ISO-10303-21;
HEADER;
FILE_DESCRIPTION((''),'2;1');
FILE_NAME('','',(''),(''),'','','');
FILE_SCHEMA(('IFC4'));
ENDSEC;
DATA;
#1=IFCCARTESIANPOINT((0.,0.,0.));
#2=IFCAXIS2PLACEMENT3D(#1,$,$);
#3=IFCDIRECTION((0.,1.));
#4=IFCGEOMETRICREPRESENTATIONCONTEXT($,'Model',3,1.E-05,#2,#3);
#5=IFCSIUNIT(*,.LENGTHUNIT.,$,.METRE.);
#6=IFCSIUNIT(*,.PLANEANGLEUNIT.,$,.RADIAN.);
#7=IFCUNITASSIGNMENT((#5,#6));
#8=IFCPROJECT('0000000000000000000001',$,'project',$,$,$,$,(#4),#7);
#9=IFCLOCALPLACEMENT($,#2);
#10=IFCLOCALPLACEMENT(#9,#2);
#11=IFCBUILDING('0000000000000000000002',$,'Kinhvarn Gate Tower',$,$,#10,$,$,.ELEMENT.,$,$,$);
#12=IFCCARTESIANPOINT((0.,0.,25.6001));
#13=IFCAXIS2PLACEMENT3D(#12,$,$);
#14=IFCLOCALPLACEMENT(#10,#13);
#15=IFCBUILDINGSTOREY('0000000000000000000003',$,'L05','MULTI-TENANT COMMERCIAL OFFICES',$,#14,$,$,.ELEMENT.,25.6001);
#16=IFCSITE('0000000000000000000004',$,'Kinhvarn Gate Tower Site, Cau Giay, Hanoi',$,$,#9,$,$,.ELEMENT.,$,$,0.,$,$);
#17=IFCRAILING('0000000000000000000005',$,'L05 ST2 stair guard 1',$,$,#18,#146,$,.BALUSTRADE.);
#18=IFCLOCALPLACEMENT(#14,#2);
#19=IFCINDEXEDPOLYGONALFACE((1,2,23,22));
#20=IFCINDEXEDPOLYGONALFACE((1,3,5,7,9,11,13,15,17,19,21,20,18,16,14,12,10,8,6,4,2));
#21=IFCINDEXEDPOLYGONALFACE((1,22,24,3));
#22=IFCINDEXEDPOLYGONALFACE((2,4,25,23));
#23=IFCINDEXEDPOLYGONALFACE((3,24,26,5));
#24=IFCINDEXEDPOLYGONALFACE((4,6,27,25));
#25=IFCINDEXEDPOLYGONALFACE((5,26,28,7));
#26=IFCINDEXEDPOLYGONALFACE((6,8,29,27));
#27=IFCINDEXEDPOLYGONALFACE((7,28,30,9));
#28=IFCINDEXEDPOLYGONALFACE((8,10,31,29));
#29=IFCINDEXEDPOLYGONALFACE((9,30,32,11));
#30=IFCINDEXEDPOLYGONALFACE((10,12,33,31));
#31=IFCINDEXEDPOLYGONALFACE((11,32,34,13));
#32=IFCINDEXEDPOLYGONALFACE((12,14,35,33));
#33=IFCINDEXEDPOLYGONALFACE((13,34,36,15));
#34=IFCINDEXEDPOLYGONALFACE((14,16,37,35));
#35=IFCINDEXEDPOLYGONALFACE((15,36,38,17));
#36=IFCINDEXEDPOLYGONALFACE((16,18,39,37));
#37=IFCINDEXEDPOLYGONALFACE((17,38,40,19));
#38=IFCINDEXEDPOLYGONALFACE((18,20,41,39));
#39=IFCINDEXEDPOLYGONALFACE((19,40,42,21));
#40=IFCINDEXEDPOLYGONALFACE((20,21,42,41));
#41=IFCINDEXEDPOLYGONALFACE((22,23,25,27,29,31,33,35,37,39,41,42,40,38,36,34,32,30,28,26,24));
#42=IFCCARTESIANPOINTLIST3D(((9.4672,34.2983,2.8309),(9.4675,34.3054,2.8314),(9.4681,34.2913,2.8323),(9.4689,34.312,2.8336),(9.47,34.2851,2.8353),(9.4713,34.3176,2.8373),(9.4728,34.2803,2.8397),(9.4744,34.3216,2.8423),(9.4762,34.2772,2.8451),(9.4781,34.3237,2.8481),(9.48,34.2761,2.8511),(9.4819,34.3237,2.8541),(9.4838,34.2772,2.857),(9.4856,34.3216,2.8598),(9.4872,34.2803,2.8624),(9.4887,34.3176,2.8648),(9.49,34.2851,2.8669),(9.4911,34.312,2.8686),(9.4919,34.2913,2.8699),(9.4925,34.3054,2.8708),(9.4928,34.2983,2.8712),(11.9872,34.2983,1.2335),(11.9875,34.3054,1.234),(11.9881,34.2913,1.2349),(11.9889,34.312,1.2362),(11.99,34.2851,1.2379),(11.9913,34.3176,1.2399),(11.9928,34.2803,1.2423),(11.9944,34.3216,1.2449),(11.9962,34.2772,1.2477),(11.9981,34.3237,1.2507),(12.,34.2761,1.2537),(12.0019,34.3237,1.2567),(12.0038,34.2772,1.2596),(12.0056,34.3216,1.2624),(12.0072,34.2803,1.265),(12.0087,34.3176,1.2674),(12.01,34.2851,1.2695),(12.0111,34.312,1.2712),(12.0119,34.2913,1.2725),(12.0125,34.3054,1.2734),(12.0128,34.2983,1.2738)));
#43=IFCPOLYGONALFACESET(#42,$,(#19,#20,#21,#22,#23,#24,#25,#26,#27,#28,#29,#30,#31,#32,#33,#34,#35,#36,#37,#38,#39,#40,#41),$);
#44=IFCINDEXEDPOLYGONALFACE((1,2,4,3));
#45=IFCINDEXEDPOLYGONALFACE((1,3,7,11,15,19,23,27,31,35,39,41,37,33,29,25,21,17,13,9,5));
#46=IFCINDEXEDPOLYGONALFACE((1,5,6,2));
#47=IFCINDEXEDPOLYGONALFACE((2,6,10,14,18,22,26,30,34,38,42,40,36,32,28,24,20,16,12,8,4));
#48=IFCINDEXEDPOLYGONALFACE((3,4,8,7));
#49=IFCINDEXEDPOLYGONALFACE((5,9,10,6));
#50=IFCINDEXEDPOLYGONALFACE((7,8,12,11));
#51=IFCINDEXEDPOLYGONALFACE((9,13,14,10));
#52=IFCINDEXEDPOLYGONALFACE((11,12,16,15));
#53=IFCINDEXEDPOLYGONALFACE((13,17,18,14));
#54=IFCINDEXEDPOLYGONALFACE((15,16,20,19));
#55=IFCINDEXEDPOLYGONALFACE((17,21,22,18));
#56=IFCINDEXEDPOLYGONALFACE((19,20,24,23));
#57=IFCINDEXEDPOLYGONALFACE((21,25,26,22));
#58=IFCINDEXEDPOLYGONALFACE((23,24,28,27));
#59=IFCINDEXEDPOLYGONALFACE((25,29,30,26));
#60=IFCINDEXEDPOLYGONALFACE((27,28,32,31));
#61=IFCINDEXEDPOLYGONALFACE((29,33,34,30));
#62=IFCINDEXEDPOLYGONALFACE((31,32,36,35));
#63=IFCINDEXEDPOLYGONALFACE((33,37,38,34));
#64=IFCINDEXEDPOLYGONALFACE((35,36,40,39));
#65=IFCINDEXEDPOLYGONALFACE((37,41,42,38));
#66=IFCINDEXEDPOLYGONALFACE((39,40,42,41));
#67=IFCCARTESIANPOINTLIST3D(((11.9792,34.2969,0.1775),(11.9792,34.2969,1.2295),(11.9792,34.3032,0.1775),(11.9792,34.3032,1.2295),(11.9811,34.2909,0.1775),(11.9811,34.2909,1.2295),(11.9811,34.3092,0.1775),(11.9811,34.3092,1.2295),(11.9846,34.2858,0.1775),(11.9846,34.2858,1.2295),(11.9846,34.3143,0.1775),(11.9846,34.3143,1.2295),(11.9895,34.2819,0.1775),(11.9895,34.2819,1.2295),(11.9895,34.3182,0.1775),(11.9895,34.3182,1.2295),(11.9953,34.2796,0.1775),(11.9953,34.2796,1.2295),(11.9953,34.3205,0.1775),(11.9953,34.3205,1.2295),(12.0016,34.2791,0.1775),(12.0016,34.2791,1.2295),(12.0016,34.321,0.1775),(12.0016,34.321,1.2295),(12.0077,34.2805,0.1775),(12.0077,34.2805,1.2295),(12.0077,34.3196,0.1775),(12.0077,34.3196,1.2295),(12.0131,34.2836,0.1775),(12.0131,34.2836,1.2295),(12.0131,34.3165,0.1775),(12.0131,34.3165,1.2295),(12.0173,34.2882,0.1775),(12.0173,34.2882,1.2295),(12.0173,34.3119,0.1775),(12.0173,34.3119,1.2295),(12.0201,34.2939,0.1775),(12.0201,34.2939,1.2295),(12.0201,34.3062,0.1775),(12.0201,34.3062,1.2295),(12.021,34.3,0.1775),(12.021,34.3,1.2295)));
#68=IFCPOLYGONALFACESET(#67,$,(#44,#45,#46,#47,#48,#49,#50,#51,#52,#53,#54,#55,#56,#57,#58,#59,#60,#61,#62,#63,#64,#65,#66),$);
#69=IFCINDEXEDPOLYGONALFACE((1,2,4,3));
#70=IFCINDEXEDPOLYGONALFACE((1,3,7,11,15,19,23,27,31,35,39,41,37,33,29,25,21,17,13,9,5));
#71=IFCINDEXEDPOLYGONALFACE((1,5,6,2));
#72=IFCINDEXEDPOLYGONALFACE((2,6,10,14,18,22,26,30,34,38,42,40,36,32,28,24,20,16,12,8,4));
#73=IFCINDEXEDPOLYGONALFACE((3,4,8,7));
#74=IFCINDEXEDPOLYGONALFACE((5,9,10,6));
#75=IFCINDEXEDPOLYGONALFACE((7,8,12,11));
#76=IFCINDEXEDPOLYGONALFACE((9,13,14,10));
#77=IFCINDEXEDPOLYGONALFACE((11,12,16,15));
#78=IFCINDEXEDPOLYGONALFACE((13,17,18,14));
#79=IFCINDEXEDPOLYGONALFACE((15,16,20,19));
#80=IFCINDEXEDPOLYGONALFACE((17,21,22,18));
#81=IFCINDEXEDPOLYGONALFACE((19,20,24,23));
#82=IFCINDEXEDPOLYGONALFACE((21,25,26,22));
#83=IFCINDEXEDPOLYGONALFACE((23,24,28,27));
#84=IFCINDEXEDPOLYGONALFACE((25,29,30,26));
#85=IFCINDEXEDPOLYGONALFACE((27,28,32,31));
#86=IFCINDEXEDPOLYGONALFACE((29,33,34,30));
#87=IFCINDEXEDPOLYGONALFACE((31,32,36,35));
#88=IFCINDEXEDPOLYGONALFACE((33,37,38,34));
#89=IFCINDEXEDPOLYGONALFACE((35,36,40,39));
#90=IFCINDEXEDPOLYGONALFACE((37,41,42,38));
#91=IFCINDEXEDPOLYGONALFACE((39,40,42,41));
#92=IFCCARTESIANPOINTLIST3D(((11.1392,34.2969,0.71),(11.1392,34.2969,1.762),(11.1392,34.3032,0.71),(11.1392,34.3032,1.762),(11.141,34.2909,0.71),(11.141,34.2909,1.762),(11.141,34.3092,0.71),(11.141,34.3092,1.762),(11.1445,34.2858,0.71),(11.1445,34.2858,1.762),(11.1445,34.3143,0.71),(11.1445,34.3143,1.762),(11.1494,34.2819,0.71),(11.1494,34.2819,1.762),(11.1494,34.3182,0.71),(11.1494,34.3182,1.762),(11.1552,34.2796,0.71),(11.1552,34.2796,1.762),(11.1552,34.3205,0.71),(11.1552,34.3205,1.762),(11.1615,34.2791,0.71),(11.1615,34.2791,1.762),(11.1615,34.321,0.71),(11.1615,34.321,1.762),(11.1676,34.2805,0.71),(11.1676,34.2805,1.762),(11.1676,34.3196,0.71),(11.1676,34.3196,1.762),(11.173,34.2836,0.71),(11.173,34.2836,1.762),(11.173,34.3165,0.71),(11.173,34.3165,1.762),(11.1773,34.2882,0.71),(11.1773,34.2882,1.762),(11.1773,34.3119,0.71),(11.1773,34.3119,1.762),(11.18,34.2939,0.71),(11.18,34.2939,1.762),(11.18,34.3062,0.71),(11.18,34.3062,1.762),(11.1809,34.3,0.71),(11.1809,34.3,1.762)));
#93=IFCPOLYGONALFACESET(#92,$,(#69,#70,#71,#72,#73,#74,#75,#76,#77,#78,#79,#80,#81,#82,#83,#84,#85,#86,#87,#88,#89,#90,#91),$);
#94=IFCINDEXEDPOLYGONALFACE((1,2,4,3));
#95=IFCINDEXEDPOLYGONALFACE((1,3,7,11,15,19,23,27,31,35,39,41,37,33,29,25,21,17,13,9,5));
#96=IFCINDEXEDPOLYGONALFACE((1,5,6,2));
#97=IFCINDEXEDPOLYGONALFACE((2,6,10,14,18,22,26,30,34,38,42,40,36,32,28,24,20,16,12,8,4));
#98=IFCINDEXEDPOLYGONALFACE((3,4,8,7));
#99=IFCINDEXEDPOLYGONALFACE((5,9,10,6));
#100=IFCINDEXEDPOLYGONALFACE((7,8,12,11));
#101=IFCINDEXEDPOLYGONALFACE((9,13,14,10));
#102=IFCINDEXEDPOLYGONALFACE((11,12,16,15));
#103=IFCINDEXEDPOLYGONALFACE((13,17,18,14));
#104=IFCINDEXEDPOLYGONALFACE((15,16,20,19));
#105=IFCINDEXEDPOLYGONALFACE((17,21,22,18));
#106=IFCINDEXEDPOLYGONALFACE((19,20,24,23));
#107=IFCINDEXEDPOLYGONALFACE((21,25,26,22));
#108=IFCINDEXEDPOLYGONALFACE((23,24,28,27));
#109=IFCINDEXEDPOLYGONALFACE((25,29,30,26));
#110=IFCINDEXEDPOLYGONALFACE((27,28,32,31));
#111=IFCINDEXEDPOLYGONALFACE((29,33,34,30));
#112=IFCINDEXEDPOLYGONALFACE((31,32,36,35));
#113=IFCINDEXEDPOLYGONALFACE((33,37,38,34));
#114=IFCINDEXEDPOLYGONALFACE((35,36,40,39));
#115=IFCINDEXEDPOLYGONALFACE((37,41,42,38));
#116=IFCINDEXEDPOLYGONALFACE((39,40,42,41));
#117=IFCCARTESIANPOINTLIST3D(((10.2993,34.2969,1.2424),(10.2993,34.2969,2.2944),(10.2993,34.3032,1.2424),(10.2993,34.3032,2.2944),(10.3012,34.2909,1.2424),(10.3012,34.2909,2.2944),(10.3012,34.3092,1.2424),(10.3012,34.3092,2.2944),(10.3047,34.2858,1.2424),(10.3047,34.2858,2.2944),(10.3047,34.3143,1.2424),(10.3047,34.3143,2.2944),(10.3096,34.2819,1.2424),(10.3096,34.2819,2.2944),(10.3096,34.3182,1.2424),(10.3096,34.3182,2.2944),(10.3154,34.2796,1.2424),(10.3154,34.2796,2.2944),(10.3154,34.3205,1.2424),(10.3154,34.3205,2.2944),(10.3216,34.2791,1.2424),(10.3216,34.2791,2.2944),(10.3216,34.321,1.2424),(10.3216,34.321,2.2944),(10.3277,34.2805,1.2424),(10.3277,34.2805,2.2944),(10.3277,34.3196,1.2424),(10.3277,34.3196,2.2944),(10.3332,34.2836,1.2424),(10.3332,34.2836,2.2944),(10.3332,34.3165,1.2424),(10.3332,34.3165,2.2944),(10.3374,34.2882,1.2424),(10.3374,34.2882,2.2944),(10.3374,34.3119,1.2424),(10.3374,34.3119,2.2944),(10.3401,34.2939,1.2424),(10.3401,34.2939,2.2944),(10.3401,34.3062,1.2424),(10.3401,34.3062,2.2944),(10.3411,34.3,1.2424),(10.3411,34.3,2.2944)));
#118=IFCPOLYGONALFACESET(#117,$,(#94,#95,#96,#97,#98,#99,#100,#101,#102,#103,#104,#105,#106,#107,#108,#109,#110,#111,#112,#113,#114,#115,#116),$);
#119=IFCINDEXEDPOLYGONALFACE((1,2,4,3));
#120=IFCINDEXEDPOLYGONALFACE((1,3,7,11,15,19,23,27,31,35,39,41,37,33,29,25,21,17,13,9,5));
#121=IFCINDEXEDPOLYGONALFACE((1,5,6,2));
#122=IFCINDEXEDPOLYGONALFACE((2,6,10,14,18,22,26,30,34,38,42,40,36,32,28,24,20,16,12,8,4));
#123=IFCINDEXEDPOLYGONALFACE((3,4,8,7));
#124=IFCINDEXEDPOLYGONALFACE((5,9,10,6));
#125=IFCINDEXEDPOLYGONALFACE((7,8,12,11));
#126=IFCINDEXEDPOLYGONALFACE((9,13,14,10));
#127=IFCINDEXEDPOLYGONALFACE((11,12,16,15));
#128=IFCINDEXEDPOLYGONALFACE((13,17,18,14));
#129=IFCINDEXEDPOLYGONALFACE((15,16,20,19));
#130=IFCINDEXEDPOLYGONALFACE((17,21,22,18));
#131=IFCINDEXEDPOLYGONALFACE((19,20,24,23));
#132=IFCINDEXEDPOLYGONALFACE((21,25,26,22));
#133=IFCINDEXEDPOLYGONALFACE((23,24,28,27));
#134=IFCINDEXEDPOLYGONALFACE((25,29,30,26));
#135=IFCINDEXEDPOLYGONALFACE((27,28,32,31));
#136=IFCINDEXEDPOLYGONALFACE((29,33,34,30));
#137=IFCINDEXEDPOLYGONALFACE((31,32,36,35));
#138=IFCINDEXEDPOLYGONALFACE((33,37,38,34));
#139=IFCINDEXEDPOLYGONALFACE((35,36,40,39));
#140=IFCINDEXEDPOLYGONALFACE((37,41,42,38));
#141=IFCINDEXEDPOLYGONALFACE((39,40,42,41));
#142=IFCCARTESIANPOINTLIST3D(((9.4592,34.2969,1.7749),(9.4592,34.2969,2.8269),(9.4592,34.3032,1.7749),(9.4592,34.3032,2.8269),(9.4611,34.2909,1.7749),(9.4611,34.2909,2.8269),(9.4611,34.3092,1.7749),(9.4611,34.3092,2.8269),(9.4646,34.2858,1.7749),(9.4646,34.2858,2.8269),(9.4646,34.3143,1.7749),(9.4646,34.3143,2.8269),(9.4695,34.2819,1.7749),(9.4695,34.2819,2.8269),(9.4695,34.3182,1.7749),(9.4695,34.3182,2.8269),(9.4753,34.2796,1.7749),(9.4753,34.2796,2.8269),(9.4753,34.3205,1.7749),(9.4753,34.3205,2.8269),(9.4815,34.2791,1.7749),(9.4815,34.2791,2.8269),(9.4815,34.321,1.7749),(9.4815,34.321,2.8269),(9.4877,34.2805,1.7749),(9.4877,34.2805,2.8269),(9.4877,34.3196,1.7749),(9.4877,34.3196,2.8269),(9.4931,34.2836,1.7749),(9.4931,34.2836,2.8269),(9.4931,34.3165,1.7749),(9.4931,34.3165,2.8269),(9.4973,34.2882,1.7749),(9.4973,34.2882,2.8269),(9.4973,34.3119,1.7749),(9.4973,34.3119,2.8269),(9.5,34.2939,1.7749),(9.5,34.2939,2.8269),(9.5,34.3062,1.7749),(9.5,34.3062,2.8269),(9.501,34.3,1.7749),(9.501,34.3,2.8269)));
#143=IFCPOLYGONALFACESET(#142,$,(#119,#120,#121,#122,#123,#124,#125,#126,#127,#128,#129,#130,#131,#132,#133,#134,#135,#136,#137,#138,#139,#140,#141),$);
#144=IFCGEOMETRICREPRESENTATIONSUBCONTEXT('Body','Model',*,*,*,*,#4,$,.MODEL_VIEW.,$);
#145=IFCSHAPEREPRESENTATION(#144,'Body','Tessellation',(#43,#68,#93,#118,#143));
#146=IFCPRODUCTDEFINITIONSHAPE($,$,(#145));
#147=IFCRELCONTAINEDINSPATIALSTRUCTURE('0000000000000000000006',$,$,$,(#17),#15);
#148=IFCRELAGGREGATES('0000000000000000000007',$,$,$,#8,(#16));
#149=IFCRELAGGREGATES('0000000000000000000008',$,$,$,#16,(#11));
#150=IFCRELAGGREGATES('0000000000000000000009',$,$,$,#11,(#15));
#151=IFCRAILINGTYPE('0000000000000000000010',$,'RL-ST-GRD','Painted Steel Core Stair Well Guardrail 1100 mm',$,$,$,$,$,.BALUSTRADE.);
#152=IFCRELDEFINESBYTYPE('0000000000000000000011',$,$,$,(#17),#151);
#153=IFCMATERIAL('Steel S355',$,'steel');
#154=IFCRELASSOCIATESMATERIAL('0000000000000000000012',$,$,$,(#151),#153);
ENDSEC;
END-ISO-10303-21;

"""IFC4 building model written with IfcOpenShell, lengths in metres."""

from ifc_helpers import new_model, si_unit, direction, frame, origin, origin_2d, place, context, subcontext, project, spatial, circle, extrude, material, type_object, element, save


model = new_model("IFC4")

# Units and contexts
model_context = context("Model", 3, precision=1e-05, world=origin(), true_north=direction((0.0, 1.0)))
body_context = subcontext(model_context, "Body", "Model", "MODEL_VIEW")
ifc_project = project(units=[si_unit("LENGTHUNIT", "METRE"), si_unit("PLANEANGLEUNIT", "RADIAN")], contexts=[model_context])

# Site, building, storey
site_placement = place(None, origin())
site = spatial("IfcSite", under=ifc_project, at=site_placement, Name="Kinhvarn Gate Tower Site, Cau Giay, Hanoi", CompositionType="ELEMENT", RefElevation=0.0)
building_placement = place(site_placement, origin())
building = spatial("IfcBuilding", under=site, at=building_placement, Name="Kinhvarn Gate Tower", CompositionType="ELEMENT")
storey_placement = place(building_placement, frame((0.0, 0.0, 25.6001)))
storey = spatial("IfcBuildingStorey", under=building, at=storey_placement, Name="L05", Description="MULTI-TENANT COMMERCIAL OFFICES", CompositionType="ELEMENT", Elevation=25.6001)

# Shared definitions
ifc_material_1 = material(Name="Steel S355", Category="steel")

# Railing
railing_type_1 = type_object("IfcRailingType", Name="RL-ST-GRD", Description="Painted Steel Core Stair Well Guardrail 1100 mm", PredefinedType="BALUSTRADE", material=ifc_material_1)
railing_1_placement = place(storey_placement, frame((12.0, 34.3, 0.1775)))
element("IfcRailing", 1, at=railing_1_placement, inside=storey, type_object=railing_type_1, Name="L05 ST2 stair guard 1", PredefinedType="BALUSTRADE", context=body_context, shape_type="SweptSolid", body=[
    extrude(circle(Radius=0.0239, at=origin_2d()), frame((0.0, 0.0, 1.0762), z_axis=(-0.844607, 0.0, 0.535387), x_axis=(0.0, -1.0, 0.0)), (0.0, 0.0, 1.0), 2.9836),
    extrude(circle(Radius=0.021, at=origin_2d()), origin(), (0.0, 0.0, 1.0), 1.052),
    extrude(circle(Radius=0.021, at=origin_2d()), frame((-0.8401, 0.0, 0.5325)), (0.0, 0.0, 1.0), 1.052),
    extrude(circle(Radius=0.021, at=origin_2d()), frame((-1.6799, 0.0, 1.0649)), (0.0, 0.0, 1.0), 1.052),
    extrude(circle(Radius=0.021, at=origin_2d()), frame((-2.52, 0.0, 1.5974)), (0.0, 0.0, 1.0), 1.052),
])

save(model, "model.ifc")
